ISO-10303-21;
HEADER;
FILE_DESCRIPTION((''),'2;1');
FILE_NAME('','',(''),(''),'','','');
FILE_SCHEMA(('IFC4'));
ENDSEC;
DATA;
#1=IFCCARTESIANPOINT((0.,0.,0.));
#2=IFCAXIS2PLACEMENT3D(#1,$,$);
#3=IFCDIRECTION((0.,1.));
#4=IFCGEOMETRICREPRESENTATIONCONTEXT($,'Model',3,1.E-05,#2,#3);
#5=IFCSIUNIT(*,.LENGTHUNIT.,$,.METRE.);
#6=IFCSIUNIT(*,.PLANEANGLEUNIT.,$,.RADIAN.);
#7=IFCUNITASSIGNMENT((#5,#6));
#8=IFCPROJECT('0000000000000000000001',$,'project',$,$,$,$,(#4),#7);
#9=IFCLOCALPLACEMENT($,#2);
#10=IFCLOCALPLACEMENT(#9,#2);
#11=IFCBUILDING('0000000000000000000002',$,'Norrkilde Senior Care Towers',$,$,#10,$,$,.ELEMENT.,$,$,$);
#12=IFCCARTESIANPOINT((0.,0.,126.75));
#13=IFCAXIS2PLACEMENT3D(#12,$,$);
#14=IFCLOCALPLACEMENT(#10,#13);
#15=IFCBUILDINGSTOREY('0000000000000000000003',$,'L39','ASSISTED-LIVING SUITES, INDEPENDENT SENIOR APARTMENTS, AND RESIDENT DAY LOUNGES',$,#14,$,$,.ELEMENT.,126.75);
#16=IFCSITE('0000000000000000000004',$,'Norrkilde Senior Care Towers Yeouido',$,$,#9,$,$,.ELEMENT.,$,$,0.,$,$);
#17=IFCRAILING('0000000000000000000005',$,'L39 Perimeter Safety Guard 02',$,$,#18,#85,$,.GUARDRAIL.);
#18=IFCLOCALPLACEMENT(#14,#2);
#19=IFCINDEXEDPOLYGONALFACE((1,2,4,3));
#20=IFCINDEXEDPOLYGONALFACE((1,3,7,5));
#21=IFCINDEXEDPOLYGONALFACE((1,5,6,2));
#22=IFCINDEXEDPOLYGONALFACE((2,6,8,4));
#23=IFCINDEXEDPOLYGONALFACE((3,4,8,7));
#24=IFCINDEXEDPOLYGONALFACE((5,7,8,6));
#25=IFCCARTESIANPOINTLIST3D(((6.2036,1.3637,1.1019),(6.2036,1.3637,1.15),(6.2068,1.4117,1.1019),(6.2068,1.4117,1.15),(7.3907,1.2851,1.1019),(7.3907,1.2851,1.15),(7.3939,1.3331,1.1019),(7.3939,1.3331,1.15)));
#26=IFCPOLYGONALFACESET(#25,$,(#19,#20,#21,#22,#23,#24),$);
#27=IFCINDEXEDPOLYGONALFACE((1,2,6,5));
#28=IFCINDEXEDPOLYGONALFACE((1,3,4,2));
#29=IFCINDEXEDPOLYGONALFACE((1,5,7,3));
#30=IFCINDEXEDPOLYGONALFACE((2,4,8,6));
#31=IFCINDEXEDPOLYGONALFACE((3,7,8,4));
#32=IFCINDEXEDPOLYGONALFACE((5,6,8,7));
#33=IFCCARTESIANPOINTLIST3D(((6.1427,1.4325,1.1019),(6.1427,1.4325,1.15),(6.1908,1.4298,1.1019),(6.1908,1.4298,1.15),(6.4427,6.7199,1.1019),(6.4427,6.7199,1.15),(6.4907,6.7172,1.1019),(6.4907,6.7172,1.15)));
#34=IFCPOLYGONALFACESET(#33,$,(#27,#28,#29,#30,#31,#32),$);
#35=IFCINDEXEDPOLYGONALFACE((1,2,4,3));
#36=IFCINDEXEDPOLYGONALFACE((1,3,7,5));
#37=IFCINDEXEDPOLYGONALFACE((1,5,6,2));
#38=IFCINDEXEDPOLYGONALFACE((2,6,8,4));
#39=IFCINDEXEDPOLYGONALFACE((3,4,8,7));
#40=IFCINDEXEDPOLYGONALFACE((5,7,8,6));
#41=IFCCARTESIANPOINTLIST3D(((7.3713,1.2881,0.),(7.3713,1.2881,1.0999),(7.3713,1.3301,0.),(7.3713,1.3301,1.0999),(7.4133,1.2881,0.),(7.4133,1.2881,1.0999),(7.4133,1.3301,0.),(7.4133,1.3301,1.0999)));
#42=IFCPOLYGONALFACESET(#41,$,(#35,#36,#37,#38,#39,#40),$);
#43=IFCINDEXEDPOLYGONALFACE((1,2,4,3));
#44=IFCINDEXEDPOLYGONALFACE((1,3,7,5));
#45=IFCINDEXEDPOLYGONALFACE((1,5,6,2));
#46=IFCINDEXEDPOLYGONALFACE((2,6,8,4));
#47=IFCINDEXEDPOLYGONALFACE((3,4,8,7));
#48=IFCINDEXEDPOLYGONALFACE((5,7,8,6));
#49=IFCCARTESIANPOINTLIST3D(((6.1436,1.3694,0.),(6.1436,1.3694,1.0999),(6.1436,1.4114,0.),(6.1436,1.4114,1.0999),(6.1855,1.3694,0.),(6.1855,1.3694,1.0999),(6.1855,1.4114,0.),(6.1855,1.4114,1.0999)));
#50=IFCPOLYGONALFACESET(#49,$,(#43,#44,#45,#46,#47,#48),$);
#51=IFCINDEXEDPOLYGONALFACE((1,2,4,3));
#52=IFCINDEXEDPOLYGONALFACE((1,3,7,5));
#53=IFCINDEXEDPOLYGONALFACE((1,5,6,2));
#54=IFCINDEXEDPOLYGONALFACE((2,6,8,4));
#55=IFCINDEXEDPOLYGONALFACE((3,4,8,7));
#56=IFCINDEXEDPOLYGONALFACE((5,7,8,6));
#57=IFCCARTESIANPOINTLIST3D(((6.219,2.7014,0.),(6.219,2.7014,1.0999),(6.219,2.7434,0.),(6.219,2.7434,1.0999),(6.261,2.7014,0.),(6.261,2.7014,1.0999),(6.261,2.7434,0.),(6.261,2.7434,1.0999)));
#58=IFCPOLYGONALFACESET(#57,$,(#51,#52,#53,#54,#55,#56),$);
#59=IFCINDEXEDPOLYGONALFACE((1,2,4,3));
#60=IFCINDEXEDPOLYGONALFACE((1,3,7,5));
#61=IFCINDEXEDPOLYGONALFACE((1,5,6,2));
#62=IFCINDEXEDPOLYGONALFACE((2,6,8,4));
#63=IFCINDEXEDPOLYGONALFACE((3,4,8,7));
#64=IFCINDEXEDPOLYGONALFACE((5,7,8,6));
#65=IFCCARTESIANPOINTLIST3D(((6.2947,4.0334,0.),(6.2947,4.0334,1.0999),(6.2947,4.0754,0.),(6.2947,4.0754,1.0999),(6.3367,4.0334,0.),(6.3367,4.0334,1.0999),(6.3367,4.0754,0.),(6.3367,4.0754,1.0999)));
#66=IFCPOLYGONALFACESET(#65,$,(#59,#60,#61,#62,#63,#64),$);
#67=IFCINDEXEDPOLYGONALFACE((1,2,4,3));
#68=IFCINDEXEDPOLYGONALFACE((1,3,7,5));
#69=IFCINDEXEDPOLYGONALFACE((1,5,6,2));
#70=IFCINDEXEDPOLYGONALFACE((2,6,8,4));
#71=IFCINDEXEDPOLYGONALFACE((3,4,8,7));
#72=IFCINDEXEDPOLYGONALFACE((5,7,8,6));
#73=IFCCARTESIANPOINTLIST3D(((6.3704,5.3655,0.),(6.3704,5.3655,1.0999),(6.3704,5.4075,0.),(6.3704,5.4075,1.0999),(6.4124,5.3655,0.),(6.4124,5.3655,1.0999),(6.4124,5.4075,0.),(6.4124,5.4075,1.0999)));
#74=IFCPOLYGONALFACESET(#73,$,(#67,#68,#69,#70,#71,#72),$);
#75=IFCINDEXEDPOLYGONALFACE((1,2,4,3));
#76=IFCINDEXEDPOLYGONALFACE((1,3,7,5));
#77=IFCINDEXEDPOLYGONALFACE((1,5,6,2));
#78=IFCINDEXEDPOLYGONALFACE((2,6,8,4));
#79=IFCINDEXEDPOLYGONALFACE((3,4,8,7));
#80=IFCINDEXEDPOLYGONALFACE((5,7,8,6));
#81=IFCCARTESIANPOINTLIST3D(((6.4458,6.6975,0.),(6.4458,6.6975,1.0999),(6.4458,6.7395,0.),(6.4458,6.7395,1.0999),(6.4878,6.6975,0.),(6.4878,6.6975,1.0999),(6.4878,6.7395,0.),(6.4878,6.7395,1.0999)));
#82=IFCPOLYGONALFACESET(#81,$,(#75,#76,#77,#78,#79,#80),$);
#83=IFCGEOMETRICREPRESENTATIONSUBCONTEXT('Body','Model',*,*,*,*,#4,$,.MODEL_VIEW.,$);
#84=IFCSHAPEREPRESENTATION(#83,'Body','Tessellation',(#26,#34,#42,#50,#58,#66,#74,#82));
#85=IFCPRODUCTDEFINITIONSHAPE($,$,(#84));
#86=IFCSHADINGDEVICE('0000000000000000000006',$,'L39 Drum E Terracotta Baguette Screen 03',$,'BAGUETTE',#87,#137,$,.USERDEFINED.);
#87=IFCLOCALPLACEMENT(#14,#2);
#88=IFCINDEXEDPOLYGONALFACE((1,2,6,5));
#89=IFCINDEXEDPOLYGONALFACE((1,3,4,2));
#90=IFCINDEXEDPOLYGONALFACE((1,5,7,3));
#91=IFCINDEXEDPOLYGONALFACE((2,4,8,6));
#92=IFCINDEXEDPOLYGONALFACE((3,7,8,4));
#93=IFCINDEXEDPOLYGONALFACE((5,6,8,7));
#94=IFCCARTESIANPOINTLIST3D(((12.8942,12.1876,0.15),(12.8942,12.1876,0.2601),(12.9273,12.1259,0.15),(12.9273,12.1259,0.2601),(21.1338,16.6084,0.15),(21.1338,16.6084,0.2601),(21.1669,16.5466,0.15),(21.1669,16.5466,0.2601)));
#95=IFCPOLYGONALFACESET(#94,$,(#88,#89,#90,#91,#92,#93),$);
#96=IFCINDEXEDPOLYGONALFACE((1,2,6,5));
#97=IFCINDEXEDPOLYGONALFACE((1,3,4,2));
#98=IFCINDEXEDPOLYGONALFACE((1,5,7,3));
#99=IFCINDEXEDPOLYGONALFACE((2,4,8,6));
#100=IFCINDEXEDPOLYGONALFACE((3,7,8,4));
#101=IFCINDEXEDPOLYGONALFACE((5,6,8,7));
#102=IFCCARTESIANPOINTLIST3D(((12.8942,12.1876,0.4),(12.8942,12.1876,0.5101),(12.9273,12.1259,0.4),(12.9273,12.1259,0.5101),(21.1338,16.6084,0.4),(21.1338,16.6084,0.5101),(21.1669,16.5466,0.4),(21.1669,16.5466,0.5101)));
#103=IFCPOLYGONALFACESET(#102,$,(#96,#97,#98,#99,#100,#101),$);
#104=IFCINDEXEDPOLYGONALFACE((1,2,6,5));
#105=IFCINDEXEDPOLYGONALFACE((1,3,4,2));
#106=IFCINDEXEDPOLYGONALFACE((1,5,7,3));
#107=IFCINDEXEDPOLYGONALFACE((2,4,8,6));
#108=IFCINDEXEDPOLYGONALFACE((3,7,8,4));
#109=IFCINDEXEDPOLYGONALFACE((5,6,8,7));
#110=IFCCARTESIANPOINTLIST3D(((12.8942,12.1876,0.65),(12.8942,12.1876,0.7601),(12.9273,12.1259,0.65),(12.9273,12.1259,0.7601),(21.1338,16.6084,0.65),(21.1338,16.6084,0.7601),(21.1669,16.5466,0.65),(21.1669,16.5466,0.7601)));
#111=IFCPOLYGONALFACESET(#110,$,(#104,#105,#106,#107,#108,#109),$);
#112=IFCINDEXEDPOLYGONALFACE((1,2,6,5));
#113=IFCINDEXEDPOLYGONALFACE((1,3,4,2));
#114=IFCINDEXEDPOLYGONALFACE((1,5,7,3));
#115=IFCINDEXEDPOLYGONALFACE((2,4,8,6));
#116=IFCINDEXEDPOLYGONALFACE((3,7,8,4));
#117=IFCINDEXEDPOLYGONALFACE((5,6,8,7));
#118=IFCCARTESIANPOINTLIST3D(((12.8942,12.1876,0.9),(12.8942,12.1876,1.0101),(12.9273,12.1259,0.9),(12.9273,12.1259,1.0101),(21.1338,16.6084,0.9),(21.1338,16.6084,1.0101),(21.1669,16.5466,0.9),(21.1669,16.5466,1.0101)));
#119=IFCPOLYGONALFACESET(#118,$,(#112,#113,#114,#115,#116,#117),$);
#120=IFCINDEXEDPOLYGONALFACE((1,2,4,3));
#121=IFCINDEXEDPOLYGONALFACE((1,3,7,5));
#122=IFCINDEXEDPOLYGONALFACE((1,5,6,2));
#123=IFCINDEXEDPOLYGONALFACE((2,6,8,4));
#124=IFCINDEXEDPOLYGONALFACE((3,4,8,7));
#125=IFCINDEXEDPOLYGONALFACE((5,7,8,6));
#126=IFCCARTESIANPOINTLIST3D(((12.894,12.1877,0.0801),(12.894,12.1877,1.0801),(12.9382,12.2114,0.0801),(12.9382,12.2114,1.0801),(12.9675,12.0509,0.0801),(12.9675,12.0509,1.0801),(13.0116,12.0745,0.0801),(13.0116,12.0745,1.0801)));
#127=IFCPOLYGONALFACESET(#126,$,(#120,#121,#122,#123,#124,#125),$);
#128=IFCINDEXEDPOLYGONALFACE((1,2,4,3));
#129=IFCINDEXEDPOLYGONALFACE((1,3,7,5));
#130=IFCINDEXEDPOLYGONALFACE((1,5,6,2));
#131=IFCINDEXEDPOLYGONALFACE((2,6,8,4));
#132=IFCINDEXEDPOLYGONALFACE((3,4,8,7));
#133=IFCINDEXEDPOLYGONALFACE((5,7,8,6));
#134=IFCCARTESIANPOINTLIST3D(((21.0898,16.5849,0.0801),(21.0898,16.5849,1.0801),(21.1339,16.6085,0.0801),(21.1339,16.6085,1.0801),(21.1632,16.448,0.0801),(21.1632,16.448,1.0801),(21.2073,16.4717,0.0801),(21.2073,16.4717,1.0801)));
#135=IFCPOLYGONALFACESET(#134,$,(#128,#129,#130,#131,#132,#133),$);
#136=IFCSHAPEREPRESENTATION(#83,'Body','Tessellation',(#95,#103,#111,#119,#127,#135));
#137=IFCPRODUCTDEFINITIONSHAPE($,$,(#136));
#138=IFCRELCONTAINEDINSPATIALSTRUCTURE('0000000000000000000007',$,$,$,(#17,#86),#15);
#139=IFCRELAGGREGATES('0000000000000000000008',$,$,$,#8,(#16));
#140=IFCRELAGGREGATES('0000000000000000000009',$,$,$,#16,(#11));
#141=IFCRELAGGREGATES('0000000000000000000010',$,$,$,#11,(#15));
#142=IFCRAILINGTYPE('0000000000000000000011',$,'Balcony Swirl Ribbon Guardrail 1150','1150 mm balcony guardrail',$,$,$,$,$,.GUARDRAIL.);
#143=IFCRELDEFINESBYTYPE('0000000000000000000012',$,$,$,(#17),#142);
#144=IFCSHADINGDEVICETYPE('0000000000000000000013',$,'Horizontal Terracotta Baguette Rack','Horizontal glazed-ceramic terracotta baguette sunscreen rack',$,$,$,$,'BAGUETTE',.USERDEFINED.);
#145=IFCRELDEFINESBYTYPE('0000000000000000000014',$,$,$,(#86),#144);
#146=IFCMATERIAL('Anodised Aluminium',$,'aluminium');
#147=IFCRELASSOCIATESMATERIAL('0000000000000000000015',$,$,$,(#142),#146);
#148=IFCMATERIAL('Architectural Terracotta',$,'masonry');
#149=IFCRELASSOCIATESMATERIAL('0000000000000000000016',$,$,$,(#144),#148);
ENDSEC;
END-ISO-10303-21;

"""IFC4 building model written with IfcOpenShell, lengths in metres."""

from ifc_helpers import new_model, si_unit, direction, frame, origin, origin_2d, place, context, subcontext, project, spatial, rectangle, extrude, source, transform, mapped, material, type_object, type_shapes, element, save


model = new_model("IFC4")

# Units and contexts
model_context = context("Model", 3, precision=1e-05, world=origin(), true_north=direction((0.0, 1.0)))
body_context = subcontext(model_context, "Body", "Model", "MODEL_VIEW")
ifc_project = project(units=[si_unit("LENGTHUNIT", "METRE"), si_unit("PLANEANGLEUNIT", "RADIAN")], contexts=[model_context])

# Site, building, storey
site_placement = place(None, origin())
site = spatial("IfcSite", under=ifc_project, at=site_placement, Name="Norrkilde Senior Care Towers Yeouido", CompositionType="ELEMENT", RefElevation=0.0)
building_placement = place(site_placement, origin())
building = spatial("IfcBuilding", under=site, at=building_placement, Name="Norrkilde Senior Care Towers", CompositionType="ELEMENT")
storey_placement = place(building_placement, frame((0.0, 0.0, 126.75)))
storey = spatial("IfcBuildingStorey", under=building, at=storey_placement, Name="L39", Description="ASSISTED-LIVING SUITES, INDEPENDENT SENIOR APARTMENTS, AND RESIDENT DAY LOUNGES", CompositionType="ELEMENT", Elevation=126.75)

# Shared definitions
ifc_material_1 = material(Name="Anodised Aluminium", Category="aluminium")

# Railing
railing_type = type_object("IfcRailingType", Name="Balcony Swirl Ribbon Guardrail 1150", Description="1150 mm balcony guardrail", PredefinedType="GUARDRAIL", material=ifc_material_1)
railing_1_placement = place(storey_placement, frame((7.3923, 1.3091, 0.0)))
element("IfcRailing", 1, at=railing_1_placement, inside=storey, type_object=railing_type, Name="L39 Perimeter Safety Guard 02", PredefinedType="GUARDRAIL", context=body_context, shape_type="SweptSolid", body=[
    extrude(rectangle(XDim=0.0481, YDim=0.0481, at=origin_2d()), frame((0.0, 0.0, 1.126), z_axis=(-0.997815, 0.066071, 0.0), x_axis=(-0.066071, -0.997815, 0.0)), (0.0, 0.0, 1.0), 1.1897),
    extrude(rectangle(XDim=0.0481, YDim=0.0481, at=origin_2d()), frame((-1.2256, 0.1221, 1.126), z_axis=(0.056635, 0.998395, 0.0), x_axis=(-0.998395, 0.056635, 0.0)), (0.0, 0.0, 1.0), 5.2959),
    extrude(rectangle(XDim=0.042, YDim=0.042, at=origin_2d()), origin(), (0.0, 0.0, 1.0), 1.0999),
    extrude(rectangle(XDim=0.042, YDim=0.042, at=origin_2d()), frame((-1.2278, 0.0813, 0.0)), (0.0, 0.0, 1.0), 1.0999),
    extrude(rectangle(XDim=0.042, YDim=0.042, at=origin_2d()), frame((-1.1523, 1.4133, 0.0)), (0.0, 0.0, 1.0), 1.0999),
    extrude(rectangle(XDim=0.042, YDim=0.042, at=origin_2d()), frame((-1.0767, 2.7454, 0.0)), (0.0, 0.0, 1.0), 1.0999),
    extrude(rectangle(XDim=0.042, YDim=0.042, at=origin_2d()), frame((-1.001, 4.0774, 0.0)), (0.0, 0.0, 1.0), 1.0999),
    extrude(rectangle(XDim=0.042, YDim=0.042, at=origin_2d()), frame((-0.9255, 5.4094, 0.0)), (0.0, 0.0, 1.0), 1.0999),
])

# Shading device
ifc_material_2 = material(Name="Architectural Terracotta", Category="masonry")
shading_device_type = type_object("IfcShadingDeviceType", Name="Horizontal Terracotta Baguette Rack", Description="Horizontal glazed-ceramic terracotta baguette sunscreen rack", ElementType="BAGUETTE", PredefinedType="USERDEFINED", material=ifc_material_2)
shared_shape_1 = source(origin(), body_context, "Body", "SweptSolid", [
    extrude(rectangle(XDim=0.0701, YDim=0.1101, at=origin_2d()), frame((0.0, 0.0901, 0.125), z_axis=(1.0, 0.0, 0.0), x_axis=(0.0, 1.0, 0.0)), (0.0, 0.0, 1.0), 9.3506),
    extrude(rectangle(XDim=0.0701, YDim=0.1101, at=origin_2d()), frame((0.0, 0.0901, 0.375), z_axis=(1.0, 0.0, 0.0), x_axis=(0.0, 1.0, 0.0)), (0.0, 0.0, 1.0), 9.3506),
    extrude(rectangle(XDim=0.0701, YDim=0.1101, at=origin_2d()), frame((0.0, 0.0901, 0.625), z_axis=(1.0, 0.0, 0.0), x_axis=(0.0, 1.0, 0.0)), (0.0, 0.0, 1.0), 9.3506),
    extrude(rectangle(XDim=0.0701, YDim=0.1101, at=origin_2d()), frame((0.0, 0.0901, 0.875), z_axis=(1.0, 0.0, 0.0), x_axis=(0.0, 1.0, 0.0)), (0.0, 0.0, 1.0), 9.3506),
    extrude(rectangle(XDim=0.05, YDim=0.1553, at=origin_2d()), frame((0.0249, 0.0476, 0.0)), (0.0, 0.0, 1.0), 1.0),
    extrude(rectangle(XDim=0.05, YDim=0.1553, at=origin_2d()), frame((9.3257, 0.0476, 0.0)), (0.0, 0.0, 1.0), 1.0),
])
type_shapes(shading_device_type, [shared_shape_1])
shading_device_placement = place(storey_placement, frame((12.9534, 12.0774, 0.0801), z_axis=(0.0, 0.0, 1.0), x_axis=(0.881175, 0.472768, 0.0)))
element("IfcShadingDevice", 2, at=shading_device_placement, inside=storey, type_object=shading_device_type, Name="L39 Drum E Terracotta Baguette Screen 03", ObjectType="BAGUETTE", PredefinedType="USERDEFINED", context=body_context, shape_type="MappedRepresentation", body=[
    mapped(shared_shape_1, transform((0.0, 0.0, 0.0), x_axis=(1.0, 0.0, 0.0), y_axis=(0.0, 1.0, 0.0), z_axis=(0.0, 0.0, 1.0), scale=1.0)),
])

save(model, "model.ifc")
